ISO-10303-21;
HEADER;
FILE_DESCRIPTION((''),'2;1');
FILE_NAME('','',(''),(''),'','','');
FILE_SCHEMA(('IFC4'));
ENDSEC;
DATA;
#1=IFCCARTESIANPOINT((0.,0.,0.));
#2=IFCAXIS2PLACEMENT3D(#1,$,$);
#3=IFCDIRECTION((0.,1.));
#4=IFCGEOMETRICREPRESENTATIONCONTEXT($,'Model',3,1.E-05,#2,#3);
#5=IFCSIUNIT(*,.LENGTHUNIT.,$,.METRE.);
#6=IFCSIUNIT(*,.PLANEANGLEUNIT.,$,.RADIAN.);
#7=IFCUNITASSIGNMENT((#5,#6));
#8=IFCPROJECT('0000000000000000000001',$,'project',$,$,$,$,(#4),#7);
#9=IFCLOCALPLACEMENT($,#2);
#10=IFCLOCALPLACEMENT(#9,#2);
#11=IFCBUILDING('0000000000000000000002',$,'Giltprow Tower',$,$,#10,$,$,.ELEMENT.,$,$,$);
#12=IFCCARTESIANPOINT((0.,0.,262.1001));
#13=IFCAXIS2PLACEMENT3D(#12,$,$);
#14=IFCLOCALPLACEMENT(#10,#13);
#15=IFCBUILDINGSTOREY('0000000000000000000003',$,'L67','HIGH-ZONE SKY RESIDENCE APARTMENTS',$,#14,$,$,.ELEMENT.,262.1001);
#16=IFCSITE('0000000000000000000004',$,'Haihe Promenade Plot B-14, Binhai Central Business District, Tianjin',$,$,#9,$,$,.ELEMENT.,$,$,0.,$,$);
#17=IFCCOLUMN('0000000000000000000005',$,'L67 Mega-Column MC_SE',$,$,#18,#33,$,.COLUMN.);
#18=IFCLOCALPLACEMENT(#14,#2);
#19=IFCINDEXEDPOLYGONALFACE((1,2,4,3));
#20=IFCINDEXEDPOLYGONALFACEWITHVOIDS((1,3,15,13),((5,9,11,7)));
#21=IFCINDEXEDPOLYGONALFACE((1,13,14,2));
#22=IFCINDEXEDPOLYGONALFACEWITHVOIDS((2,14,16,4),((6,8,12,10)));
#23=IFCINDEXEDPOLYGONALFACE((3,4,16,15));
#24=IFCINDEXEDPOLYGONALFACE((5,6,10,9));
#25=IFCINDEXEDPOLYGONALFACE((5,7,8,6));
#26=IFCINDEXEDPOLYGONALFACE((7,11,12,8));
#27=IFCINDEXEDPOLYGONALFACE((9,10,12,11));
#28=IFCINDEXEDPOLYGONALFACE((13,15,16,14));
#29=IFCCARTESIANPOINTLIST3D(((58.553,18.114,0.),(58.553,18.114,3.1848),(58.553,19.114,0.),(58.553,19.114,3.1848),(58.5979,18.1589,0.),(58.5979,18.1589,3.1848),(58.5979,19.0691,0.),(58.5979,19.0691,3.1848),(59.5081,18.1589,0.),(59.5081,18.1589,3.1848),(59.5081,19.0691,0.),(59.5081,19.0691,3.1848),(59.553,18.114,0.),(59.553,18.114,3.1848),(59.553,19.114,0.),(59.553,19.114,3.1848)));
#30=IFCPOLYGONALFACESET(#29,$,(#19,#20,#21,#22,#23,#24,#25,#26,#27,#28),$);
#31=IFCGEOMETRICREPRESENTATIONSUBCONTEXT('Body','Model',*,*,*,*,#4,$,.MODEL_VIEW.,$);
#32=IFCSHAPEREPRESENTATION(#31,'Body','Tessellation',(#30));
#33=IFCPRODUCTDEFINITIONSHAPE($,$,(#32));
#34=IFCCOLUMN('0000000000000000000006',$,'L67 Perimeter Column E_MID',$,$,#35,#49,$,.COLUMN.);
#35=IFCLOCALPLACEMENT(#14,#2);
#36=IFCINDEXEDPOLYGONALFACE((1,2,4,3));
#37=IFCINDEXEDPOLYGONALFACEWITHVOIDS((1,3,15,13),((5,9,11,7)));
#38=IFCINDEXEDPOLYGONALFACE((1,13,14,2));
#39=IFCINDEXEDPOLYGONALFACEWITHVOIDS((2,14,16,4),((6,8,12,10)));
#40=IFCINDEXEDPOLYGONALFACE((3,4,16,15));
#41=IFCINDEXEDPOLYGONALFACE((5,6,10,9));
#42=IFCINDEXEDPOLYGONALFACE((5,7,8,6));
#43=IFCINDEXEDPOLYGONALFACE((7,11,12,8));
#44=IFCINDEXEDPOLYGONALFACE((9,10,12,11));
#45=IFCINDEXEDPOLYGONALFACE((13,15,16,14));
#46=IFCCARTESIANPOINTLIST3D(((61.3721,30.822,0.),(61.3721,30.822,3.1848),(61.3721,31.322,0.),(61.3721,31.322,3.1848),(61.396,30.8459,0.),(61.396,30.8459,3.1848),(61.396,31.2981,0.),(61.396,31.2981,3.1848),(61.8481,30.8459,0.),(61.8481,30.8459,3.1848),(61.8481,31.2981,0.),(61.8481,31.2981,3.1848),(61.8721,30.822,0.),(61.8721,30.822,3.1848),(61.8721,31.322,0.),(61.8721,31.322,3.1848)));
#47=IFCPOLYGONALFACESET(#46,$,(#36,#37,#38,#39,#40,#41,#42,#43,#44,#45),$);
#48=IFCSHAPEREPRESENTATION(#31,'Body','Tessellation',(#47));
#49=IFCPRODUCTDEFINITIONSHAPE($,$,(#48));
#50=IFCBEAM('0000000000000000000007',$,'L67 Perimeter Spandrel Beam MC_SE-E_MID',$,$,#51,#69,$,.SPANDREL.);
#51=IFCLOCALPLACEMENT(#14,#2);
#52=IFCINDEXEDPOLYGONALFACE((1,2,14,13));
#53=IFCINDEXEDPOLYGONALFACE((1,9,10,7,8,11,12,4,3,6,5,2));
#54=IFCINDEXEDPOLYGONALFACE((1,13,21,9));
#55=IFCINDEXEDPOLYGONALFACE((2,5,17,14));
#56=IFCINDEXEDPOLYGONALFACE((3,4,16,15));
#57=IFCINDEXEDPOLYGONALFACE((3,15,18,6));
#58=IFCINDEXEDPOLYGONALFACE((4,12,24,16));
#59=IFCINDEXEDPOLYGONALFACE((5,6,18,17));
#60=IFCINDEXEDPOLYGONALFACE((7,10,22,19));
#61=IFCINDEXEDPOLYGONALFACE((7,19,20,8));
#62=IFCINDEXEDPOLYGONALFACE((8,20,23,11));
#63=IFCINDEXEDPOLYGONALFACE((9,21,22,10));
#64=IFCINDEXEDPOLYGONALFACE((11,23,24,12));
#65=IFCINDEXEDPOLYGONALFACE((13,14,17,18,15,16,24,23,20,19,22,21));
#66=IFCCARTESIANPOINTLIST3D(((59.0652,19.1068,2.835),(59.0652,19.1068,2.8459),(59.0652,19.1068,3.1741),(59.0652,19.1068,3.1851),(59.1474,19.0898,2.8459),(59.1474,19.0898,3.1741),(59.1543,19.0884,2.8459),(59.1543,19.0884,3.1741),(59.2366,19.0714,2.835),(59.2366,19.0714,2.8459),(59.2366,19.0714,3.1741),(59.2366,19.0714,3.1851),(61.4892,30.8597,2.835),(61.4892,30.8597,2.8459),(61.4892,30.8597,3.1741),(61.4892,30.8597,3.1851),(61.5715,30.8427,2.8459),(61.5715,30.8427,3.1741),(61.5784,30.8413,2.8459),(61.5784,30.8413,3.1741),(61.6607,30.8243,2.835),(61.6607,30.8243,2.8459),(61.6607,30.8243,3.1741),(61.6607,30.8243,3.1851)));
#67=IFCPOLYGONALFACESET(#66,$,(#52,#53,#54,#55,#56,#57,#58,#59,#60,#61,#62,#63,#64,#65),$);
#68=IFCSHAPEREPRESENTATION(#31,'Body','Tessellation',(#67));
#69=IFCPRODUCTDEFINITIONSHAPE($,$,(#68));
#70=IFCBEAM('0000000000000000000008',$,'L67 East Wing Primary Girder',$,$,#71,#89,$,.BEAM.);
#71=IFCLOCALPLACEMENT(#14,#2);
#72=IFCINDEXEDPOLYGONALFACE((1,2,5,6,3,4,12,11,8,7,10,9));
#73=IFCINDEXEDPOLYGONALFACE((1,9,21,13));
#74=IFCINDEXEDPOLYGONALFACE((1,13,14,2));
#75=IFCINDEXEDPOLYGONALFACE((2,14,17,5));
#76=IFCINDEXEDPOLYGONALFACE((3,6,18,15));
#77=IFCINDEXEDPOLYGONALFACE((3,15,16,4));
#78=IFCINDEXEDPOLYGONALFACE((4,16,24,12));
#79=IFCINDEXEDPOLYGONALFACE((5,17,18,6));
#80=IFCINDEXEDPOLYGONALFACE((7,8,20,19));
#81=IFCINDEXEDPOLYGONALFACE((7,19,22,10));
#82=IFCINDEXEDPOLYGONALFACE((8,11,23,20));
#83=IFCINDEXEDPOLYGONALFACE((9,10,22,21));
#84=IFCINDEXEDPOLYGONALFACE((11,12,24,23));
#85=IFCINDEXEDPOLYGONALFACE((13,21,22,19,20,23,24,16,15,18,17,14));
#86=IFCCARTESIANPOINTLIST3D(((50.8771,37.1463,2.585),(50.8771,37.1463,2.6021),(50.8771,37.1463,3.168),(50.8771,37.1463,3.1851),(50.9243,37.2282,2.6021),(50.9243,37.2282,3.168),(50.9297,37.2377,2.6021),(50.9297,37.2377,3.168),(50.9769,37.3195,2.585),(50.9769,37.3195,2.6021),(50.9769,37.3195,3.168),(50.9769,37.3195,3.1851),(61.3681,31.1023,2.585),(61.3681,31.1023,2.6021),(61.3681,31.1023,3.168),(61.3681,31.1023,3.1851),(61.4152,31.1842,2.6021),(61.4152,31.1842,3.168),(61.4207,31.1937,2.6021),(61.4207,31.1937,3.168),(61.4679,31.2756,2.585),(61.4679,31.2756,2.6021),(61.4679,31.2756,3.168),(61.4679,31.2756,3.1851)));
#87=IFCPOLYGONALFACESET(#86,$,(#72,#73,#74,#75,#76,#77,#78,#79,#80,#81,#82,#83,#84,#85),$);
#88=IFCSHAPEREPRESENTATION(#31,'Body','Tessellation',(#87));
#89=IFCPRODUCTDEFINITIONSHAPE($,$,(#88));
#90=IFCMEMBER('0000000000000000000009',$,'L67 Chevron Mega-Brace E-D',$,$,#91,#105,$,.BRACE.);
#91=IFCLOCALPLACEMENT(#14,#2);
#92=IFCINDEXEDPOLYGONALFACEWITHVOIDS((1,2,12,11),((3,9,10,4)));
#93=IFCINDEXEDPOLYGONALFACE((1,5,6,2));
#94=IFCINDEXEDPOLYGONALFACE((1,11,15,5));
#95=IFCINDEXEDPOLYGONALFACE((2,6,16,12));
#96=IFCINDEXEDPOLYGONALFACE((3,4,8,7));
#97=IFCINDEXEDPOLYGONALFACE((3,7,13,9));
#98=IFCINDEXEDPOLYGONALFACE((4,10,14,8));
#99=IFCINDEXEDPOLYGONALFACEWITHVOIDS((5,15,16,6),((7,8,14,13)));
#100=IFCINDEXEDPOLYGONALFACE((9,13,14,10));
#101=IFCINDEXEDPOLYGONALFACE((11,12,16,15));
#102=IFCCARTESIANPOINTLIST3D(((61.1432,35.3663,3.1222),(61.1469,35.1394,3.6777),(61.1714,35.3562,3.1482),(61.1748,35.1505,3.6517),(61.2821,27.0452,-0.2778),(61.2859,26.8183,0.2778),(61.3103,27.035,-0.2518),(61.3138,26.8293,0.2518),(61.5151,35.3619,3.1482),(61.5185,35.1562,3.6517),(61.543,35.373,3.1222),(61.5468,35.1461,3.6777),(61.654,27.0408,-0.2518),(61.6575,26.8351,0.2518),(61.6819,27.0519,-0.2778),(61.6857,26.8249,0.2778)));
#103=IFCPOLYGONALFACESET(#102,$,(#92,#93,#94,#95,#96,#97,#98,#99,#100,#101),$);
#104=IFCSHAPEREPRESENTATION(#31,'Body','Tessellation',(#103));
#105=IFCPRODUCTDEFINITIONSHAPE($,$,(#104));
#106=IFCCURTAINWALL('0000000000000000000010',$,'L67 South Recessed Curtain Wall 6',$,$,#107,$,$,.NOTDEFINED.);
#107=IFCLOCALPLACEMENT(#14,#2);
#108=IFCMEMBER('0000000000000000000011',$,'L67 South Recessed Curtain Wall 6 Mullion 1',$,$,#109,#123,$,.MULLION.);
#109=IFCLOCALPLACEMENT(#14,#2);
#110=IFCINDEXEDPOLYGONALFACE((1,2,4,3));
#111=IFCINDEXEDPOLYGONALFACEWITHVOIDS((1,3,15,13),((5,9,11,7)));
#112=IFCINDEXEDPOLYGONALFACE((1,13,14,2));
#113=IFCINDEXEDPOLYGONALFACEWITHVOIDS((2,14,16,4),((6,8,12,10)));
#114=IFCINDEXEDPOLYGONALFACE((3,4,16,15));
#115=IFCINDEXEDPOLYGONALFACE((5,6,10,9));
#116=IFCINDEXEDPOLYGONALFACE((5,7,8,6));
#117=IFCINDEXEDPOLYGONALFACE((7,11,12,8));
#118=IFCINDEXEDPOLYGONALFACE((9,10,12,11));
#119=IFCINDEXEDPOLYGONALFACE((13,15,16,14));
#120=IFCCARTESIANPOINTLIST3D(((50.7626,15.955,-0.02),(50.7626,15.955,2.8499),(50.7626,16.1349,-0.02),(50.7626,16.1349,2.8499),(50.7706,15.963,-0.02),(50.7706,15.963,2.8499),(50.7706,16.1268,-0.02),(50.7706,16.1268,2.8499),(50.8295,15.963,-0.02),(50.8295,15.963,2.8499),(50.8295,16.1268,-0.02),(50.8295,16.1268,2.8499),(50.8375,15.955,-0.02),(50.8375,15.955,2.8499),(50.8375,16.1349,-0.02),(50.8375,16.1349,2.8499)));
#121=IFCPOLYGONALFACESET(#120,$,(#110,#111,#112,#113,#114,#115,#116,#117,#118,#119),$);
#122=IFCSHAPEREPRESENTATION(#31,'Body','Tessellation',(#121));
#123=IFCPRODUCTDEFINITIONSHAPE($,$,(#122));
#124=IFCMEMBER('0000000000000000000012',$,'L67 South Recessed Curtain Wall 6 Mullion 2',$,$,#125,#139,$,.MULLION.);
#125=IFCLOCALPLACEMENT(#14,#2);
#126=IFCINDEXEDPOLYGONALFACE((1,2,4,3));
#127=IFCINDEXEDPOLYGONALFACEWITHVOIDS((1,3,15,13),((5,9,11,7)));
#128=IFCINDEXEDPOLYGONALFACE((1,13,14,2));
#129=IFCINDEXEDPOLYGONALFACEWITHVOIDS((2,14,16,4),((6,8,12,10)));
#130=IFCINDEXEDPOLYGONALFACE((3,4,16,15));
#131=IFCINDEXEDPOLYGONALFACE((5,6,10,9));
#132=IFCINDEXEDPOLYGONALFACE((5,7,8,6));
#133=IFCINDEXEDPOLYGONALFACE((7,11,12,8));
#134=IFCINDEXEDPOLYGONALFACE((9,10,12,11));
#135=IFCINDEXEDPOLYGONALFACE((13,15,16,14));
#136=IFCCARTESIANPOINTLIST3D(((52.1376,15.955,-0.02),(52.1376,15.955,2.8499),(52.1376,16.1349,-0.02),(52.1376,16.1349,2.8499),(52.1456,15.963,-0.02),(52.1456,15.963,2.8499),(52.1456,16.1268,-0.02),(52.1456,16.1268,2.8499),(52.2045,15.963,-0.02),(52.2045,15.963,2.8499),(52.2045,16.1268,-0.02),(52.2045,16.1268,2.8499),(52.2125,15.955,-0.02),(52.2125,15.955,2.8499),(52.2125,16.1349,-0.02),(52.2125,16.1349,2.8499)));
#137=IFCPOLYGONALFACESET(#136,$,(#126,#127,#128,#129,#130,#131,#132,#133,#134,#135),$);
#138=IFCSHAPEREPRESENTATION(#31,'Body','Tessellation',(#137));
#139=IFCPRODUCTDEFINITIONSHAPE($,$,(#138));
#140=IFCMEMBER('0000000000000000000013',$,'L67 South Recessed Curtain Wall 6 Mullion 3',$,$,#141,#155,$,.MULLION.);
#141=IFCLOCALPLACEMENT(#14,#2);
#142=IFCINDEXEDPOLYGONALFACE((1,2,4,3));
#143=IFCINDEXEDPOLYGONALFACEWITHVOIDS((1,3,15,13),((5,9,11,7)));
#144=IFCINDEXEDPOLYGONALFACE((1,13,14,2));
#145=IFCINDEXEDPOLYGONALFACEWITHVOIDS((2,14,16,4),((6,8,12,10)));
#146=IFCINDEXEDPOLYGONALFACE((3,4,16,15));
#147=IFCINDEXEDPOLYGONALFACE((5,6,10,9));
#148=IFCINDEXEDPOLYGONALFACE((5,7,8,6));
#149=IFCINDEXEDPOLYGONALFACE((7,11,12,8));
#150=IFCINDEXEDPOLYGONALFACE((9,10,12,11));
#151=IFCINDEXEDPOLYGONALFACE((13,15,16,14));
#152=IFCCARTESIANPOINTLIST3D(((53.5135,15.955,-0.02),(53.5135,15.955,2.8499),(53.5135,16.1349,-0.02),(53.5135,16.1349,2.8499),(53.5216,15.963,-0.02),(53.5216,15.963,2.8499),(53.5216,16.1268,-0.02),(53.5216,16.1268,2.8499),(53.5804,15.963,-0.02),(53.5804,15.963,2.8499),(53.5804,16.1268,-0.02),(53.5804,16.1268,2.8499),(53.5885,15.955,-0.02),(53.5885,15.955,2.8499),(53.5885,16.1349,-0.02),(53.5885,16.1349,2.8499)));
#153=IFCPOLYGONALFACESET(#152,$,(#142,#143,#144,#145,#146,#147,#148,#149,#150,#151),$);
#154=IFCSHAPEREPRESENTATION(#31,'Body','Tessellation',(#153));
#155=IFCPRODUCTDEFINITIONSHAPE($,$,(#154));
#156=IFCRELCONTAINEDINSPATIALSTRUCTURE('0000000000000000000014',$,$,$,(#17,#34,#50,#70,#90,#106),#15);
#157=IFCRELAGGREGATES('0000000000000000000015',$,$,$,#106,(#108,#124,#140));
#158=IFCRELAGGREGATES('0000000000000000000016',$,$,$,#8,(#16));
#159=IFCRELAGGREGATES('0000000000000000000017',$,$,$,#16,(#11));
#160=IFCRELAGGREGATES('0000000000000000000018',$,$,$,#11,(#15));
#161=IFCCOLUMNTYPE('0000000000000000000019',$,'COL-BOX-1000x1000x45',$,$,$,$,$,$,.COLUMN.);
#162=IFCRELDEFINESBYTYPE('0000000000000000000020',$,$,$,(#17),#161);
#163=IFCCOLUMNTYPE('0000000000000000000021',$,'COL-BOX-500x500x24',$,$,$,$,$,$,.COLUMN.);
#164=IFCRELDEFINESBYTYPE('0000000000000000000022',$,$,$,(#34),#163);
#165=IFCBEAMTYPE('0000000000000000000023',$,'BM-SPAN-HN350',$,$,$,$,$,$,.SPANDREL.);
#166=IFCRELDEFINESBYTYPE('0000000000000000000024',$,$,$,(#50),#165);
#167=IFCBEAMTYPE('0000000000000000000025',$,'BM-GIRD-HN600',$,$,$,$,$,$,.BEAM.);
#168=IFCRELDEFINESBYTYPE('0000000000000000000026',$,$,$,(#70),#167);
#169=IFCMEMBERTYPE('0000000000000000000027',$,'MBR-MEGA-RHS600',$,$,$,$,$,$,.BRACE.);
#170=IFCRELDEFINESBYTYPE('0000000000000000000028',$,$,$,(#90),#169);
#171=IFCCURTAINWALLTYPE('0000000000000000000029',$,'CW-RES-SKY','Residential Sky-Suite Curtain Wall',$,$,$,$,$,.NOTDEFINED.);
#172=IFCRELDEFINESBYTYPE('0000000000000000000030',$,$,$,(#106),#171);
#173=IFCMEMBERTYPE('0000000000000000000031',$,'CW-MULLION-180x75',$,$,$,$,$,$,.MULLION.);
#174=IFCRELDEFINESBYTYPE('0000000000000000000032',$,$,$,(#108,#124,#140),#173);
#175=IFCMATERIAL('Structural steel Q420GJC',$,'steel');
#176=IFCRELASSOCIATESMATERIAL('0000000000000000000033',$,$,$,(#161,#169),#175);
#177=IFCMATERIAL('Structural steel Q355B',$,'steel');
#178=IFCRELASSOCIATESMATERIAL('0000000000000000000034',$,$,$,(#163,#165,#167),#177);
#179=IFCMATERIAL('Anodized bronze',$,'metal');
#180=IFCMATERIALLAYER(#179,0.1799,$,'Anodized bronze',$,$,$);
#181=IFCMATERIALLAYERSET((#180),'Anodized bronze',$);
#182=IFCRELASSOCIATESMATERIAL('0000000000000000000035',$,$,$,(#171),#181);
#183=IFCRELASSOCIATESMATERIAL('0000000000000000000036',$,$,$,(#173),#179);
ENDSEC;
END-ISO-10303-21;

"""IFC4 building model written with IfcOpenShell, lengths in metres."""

from ifc_helpers import new_model, si_unit, direction, frame, origin, origin_2d, place, context, subcontext, project, spatial, hollow_rectangle, i_section, extrude, source, transform, mapped, material, layer, layer_set, material_profile, profile_set, type_object, element, aggregate, save


model = new_model("IFC4")

# Units and contexts
model_context = context("Model", 3, precision=1e-05, world=origin(), true_north=direction((0.0, 1.0)))
body_context = subcontext(model_context, "Body", "Model", "MODEL_VIEW")
ifc_project = project(units=[si_unit("LENGTHUNIT", "METRE"), si_unit("PLANEANGLEUNIT", "RADIAN")], contexts=[model_context])

# Site, building, storey
site_placement = place(None, origin())
site = spatial("IfcSite", under=ifc_project, at=site_placement, Name="Haihe Promenade Plot B-14, Binhai Central Business District, Tianjin", CompositionType="ELEMENT", RefElevation=0.0)
building_placement = place(site_placement, origin())
building = spatial("IfcBuilding", under=site, at=building_placement, Name="Giltprow Tower", CompositionType="ELEMENT")
storey_placement = place(building_placement, frame((0.0, 0.0, 262.1001)))
storey = spatial("IfcBuildingStorey", under=building, at=storey_placement, Name="L67", Description="HIGH-ZONE SKY RESIDENCE APARTMENTS", CompositionType="ELEMENT", Elevation=262.1001)

# Columns
ifc_material_1 = material(Name="Structural steel Q420GJC", Category="steel")
ifc_material_profile_1 = material_profile(ifc_material_1, hollow_rectangle(XDim=1.0, YDim=1.0, WallThickness=0.0449, at=origin_2d()), Name="BOX 1000x1000x45")
ifc_profile_set_1 = profile_set([ifc_material_profile_1], Name="Structural steel Q420GJC")
column_type_1 = type_object("IfcColumnType", Name="COL-BOX-1000x1000x45", PredefinedType="COLUMN", material=ifc_profile_set_1)
shared_shape_1 = source(origin(), body_context, "Body", "SweptSolid", [
    extrude(hollow_rectangle(XDim=1.0, YDim=1.0, WallThickness=0.0449, at=origin_2d()), origin(), (0.0, 0.0, 1.0), 3.1848),
])
column_1_placement = place(storey_placement, frame((59.053, 18.614, 0.0), z_axis=(0.0, 0.0, 1.0), x_axis=(1.0, 0.0, 0.0)))
element("IfcColumn", 1, at=column_1_placement, inside=storey, type_object=column_type_1, Name="L67 Mega-Column MC_SE", PredefinedType="COLUMN", context=body_context, shape_type="MappedRepresentation", body=[
    mapped(shared_shape_1, transform((0.0, 0.0, 0.0), x_axis=(1.0, 0.0, 0.0), y_axis=(0.0, 1.0, 0.0), z_axis=(0.0, 0.0, 1.0), scale=1.0)),
])
ifc_material_2 = material(Name="Structural steel Q355B", Category="steel")
ifc_material_profile_2 = material_profile(ifc_material_2, hollow_rectangle(XDim=0.5, YDim=0.5, WallThickness=0.0239, at=origin_2d()), Name="BOX 500x500x24")
ifc_profile_set_2 = profile_set([ifc_material_profile_2], Name="Structural steel Q355B")
column_type_2 = type_object("IfcColumnType", Name="COL-BOX-500x500x24", PredefinedType="COLUMN", material=ifc_profile_set_2)
shared_shape_2 = source(origin(), body_context, "Body", "SweptSolid", [
    extrude(hollow_rectangle(XDim=0.5, YDim=0.5, WallThickness=0.0239, at=origin_2d()), origin(), (0.0, 0.0, 1.0), 3.1848),
])
column_2_placement = place(storey_placement, frame((61.6221, 31.072, 0.0), z_axis=(0.0, 0.0, 1.0), x_axis=(1.0, 0.0, 0.0)))
element("IfcColumn", 2, at=column_2_placement, inside=storey, type_object=column_type_2, Name="L67 Perimeter Column E_MID", PredefinedType="COLUMN", context=body_context, shape_type="MappedRepresentation", body=[
    mapped(shared_shape_2, transform((0.0, 0.0, 0.0), x_axis=(1.0, 0.0, 0.0), y_axis=(0.0, 1.0, 0.0), z_axis=(0.0, 0.0, 1.0), scale=1.0)),
])

# Beams
ifc_material_profile_3 = material_profile(ifc_material_2, i_section(OverallWidth=0.175, OverallDepth=0.3501, WebThickness=0.0071, FlangeThickness=0.011, at=origin_2d()), Name="HN 350x175x7x11")
ifc_profile_set_3 = profile_set([ifc_material_profile_3], Name="Structural steel Q355B")
beam_type_1 = type_object("IfcBeamType", Name="BM-SPAN-HN350", PredefinedType="SPANDREL", material=ifc_profile_set_3)
shared_shape_3 = source(origin(), body_context, "Body", "SweptSolid", [
    extrude(i_section(OverallWidth=0.175, OverallDepth=0.3501, WebThickness=0.0071, FlangeThickness=0.011, at=origin_2d()), origin(), (0.0, 0.0, 1.0), 12.0002),
])
beam_1_placement = place(storey_placement, frame((59.1509, 19.0891, 3.01), z_axis=(0.202001, 0.979385, 0.0), x_axis=(-0.979385, 0.202001, 0.0)))
element("IfcBeam", 3, at=beam_1_placement, inside=storey, type_object=beam_type_1, Name="L67 Perimeter Spandrel Beam MC_SE-E_MID", PredefinedType="SPANDREL", context=body_context, shape_type="MappedRepresentation", body=[
    mapped(shared_shape_3, transform((0.0, 0.0, 0.0), x_axis=(1.0, 0.0, 0.0), y_axis=(0.0, 1.0, 0.0), z_axis=(0.0, 0.0, 1.0), scale=1.0)),
])
ifc_material_profile_4 = material_profile(ifc_material_2, i_section(OverallWidth=0.2, OverallDepth=0.6001, WebThickness=0.011, FlangeThickness=0.0171, at=origin_2d()), Name="HN 600x200x11x17")
ifc_profile_set_4 = profile_set([ifc_material_profile_4], Name="Structural steel Q355B")
beam_type_2 = type_object("IfcBeamType", Name="BM-GIRD-HN600", PredefinedType="BEAM", material=ifc_profile_set_4)
shared_shape_4 = source(origin(), body_context, "Body", "SweptSolid", [
    extrude(i_section(OverallWidth=0.2, OverallDepth=0.6001, WebThickness=0.011, FlangeThickness=0.0171, at=origin_2d()), origin(), (0.0, 0.0, 1.0), 12.1074),
])
beam_2_placement = place(storey_placement, frame((61.418, 31.189, 2.885), z_axis=(-0.866491, 0.499193, 0.0), x_axis=(-0.499193, -0.866491, 0.0)))
element("IfcBeam", 4, at=beam_2_placement, inside=storey, type_object=beam_type_2, Name="L67 East Wing Primary Girder", PredefinedType="BEAM", context=body_context, shape_type="MappedRepresentation", body=[
    mapped(shared_shape_4, transform((0.0, 0.0, 0.0), x_axis=(1.0, 0.0, 0.0), y_axis=(0.0, 1.0, 0.0), z_axis=(0.0, 0.0, 1.0), scale=1.0)),
])

# Member
ifc_material_profile_5 = material_profile(ifc_material_1, hollow_rectangle(XDim=0.3999, YDim=0.6001, WallThickness=0.0281, at=origin_2d()), Name="RHS 600x400x28")
ifc_profile_set_5 = profile_set([ifc_material_profile_5], Name="Structural steel Q420GJC")
member_type_1 = type_object("IfcMemberType", Name="MBR-MEGA-RHS600", PredefinedType="BRACE", material=ifc_profile_set_5)
shared_shape_5 = source(origin(), body_context, "Body", "SweptSolid", [
    extrude(hollow_rectangle(XDim=0.3999, YDim=0.6001, WallThickness=0.0281, at=origin_2d()), origin(), (0.0, 0.0, 1.0), 8.99),
])
member_1_placement = place(storey_placement, frame((61.4839, 26.9351, 0.0), z_axis=(-0.015452, 0.925599, 0.378191), x_axis=(-0.999861, -0.016692, 0.0)))
element("IfcMember", 5, at=member_1_placement, inside=storey, type_object=member_type_1, Name="L67 Chevron Mega-Brace E-D", PredefinedType="BRACE", context=body_context, shape_type="MappedRepresentation", body=[
    mapped(shared_shape_5, transform((0.0, 0.0, 0.0), x_axis=(1.0, 0.0, 0.0), y_axis=(0.0, 1.0, 0.0), z_axis=(0.0, 0.0, 1.0), scale=1.0)),
])

# Curtain wall, members
ifc_material_3 = material(Name="Anodized bronze", Category="metal")
ifc_layer_1 = layer(ifc_material_3, 0.1799, Name="Anodized bronze")
ifc_layer_set_1 = layer_set([ifc_layer_1], Name="Anodized bronze")
curtain_wall_type = type_object("IfcCurtainWallType", Name="CW-RES-SKY", Description="Residential Sky-Suite Curtain Wall", PredefinedType="NOTDEFINED", material=ifc_layer_set_1)
curtain_wall_placement = place(storey_placement, origin())
curtain_wall = element("IfcCurtainWall", 6, at=curtain_wall_placement, inside=storey, type_object=curtain_wall_type, Name="L67 South Recessed Curtain Wall 6", PredefinedType="NOTDEFINED")
ifc_material_profile_6 = material_profile(ifc_material_3, hollow_rectangle(XDim=0.075, YDim=0.1799, WallThickness=0.0081, at=origin_2d()), Name="RHS 180x75x8")
ifc_profile_set_6 = profile_set([ifc_material_profile_6], Name="Anodized bronze")
member_type_2 = type_object("IfcMemberType", Name="CW-MULLION-180x75", PredefinedType="MULLION", material=ifc_profile_set_6)
shared_shape_6 = source(origin(), body_context, "Body", "SweptSolid", [
    extrude(hollow_rectangle(XDim=0.075, YDim=0.1799, WallThickness=0.0081, at=origin_2d()), origin(), (0.0, 0.0, 1.0), 2.8699),
])
member_2_placement = place(storey_placement, frame((50.8, 16.0449, -0.02), z_axis=(0.0, 0.0, 1.0), x_axis=(1.0, 0.0, 0.0)))
member_2 = element("IfcMember", 7, at=member_2_placement, type_object=member_type_2, Name="L67 South Recessed Curtain Wall 6 Mullion 1", PredefinedType="MULLION", context=body_context, shape_type="MappedRepresentation", body=[
    mapped(shared_shape_6, transform((0.0, 0.0, 0.0), x_axis=(1.0, 0.0, 0.0), y_axis=(0.0, 1.0, 0.0), z_axis=(0.0, 0.0, 1.0), scale=1.0)),
])
member_3_placement = place(storey_placement, frame((52.175, 16.0449, -0.02), z_axis=(0.0, 0.0, 1.0), x_axis=(1.0, 0.0, 0.0)))
member_3 = element("IfcMember", 8, at=member_3_placement, type_object=member_type_2, Name="L67 South Recessed Curtain Wall 6 Mullion 2", PredefinedType="MULLION", context=body_context, shape_type="MappedRepresentation", body=[
    mapped(shared_shape_6, transform((0.0, 0.0, 0.0), x_axis=(1.0, 0.0, 0.0), y_axis=(0.0, 1.0, 0.0), z_axis=(0.0, 0.0, 1.0), scale=1.0)),
])
member_4_placement = place(storey_placement, frame((53.551, 16.0449, -0.02), z_axis=(0.0, 0.0, 1.0), x_axis=(1.0, 0.0, 0.0)))
member_4 = element("IfcMember", 9, at=member_4_placement, type_object=member_type_2, Name="L67 South Recessed Curtain Wall 6 Mullion 3", PredefinedType="MULLION", context=body_context, shape_type="MappedRepresentation", body=[
    mapped(shared_shape_6, transform((0.0, 0.0, 0.0), x_axis=(1.0, 0.0, 0.0), y_axis=(0.0, 1.0, 0.0), z_axis=(0.0, 0.0, 1.0), scale=1.0)),
])
aggregate(curtain_wall, [member_2, member_3, member_4])

save(model, "model.ifc")
